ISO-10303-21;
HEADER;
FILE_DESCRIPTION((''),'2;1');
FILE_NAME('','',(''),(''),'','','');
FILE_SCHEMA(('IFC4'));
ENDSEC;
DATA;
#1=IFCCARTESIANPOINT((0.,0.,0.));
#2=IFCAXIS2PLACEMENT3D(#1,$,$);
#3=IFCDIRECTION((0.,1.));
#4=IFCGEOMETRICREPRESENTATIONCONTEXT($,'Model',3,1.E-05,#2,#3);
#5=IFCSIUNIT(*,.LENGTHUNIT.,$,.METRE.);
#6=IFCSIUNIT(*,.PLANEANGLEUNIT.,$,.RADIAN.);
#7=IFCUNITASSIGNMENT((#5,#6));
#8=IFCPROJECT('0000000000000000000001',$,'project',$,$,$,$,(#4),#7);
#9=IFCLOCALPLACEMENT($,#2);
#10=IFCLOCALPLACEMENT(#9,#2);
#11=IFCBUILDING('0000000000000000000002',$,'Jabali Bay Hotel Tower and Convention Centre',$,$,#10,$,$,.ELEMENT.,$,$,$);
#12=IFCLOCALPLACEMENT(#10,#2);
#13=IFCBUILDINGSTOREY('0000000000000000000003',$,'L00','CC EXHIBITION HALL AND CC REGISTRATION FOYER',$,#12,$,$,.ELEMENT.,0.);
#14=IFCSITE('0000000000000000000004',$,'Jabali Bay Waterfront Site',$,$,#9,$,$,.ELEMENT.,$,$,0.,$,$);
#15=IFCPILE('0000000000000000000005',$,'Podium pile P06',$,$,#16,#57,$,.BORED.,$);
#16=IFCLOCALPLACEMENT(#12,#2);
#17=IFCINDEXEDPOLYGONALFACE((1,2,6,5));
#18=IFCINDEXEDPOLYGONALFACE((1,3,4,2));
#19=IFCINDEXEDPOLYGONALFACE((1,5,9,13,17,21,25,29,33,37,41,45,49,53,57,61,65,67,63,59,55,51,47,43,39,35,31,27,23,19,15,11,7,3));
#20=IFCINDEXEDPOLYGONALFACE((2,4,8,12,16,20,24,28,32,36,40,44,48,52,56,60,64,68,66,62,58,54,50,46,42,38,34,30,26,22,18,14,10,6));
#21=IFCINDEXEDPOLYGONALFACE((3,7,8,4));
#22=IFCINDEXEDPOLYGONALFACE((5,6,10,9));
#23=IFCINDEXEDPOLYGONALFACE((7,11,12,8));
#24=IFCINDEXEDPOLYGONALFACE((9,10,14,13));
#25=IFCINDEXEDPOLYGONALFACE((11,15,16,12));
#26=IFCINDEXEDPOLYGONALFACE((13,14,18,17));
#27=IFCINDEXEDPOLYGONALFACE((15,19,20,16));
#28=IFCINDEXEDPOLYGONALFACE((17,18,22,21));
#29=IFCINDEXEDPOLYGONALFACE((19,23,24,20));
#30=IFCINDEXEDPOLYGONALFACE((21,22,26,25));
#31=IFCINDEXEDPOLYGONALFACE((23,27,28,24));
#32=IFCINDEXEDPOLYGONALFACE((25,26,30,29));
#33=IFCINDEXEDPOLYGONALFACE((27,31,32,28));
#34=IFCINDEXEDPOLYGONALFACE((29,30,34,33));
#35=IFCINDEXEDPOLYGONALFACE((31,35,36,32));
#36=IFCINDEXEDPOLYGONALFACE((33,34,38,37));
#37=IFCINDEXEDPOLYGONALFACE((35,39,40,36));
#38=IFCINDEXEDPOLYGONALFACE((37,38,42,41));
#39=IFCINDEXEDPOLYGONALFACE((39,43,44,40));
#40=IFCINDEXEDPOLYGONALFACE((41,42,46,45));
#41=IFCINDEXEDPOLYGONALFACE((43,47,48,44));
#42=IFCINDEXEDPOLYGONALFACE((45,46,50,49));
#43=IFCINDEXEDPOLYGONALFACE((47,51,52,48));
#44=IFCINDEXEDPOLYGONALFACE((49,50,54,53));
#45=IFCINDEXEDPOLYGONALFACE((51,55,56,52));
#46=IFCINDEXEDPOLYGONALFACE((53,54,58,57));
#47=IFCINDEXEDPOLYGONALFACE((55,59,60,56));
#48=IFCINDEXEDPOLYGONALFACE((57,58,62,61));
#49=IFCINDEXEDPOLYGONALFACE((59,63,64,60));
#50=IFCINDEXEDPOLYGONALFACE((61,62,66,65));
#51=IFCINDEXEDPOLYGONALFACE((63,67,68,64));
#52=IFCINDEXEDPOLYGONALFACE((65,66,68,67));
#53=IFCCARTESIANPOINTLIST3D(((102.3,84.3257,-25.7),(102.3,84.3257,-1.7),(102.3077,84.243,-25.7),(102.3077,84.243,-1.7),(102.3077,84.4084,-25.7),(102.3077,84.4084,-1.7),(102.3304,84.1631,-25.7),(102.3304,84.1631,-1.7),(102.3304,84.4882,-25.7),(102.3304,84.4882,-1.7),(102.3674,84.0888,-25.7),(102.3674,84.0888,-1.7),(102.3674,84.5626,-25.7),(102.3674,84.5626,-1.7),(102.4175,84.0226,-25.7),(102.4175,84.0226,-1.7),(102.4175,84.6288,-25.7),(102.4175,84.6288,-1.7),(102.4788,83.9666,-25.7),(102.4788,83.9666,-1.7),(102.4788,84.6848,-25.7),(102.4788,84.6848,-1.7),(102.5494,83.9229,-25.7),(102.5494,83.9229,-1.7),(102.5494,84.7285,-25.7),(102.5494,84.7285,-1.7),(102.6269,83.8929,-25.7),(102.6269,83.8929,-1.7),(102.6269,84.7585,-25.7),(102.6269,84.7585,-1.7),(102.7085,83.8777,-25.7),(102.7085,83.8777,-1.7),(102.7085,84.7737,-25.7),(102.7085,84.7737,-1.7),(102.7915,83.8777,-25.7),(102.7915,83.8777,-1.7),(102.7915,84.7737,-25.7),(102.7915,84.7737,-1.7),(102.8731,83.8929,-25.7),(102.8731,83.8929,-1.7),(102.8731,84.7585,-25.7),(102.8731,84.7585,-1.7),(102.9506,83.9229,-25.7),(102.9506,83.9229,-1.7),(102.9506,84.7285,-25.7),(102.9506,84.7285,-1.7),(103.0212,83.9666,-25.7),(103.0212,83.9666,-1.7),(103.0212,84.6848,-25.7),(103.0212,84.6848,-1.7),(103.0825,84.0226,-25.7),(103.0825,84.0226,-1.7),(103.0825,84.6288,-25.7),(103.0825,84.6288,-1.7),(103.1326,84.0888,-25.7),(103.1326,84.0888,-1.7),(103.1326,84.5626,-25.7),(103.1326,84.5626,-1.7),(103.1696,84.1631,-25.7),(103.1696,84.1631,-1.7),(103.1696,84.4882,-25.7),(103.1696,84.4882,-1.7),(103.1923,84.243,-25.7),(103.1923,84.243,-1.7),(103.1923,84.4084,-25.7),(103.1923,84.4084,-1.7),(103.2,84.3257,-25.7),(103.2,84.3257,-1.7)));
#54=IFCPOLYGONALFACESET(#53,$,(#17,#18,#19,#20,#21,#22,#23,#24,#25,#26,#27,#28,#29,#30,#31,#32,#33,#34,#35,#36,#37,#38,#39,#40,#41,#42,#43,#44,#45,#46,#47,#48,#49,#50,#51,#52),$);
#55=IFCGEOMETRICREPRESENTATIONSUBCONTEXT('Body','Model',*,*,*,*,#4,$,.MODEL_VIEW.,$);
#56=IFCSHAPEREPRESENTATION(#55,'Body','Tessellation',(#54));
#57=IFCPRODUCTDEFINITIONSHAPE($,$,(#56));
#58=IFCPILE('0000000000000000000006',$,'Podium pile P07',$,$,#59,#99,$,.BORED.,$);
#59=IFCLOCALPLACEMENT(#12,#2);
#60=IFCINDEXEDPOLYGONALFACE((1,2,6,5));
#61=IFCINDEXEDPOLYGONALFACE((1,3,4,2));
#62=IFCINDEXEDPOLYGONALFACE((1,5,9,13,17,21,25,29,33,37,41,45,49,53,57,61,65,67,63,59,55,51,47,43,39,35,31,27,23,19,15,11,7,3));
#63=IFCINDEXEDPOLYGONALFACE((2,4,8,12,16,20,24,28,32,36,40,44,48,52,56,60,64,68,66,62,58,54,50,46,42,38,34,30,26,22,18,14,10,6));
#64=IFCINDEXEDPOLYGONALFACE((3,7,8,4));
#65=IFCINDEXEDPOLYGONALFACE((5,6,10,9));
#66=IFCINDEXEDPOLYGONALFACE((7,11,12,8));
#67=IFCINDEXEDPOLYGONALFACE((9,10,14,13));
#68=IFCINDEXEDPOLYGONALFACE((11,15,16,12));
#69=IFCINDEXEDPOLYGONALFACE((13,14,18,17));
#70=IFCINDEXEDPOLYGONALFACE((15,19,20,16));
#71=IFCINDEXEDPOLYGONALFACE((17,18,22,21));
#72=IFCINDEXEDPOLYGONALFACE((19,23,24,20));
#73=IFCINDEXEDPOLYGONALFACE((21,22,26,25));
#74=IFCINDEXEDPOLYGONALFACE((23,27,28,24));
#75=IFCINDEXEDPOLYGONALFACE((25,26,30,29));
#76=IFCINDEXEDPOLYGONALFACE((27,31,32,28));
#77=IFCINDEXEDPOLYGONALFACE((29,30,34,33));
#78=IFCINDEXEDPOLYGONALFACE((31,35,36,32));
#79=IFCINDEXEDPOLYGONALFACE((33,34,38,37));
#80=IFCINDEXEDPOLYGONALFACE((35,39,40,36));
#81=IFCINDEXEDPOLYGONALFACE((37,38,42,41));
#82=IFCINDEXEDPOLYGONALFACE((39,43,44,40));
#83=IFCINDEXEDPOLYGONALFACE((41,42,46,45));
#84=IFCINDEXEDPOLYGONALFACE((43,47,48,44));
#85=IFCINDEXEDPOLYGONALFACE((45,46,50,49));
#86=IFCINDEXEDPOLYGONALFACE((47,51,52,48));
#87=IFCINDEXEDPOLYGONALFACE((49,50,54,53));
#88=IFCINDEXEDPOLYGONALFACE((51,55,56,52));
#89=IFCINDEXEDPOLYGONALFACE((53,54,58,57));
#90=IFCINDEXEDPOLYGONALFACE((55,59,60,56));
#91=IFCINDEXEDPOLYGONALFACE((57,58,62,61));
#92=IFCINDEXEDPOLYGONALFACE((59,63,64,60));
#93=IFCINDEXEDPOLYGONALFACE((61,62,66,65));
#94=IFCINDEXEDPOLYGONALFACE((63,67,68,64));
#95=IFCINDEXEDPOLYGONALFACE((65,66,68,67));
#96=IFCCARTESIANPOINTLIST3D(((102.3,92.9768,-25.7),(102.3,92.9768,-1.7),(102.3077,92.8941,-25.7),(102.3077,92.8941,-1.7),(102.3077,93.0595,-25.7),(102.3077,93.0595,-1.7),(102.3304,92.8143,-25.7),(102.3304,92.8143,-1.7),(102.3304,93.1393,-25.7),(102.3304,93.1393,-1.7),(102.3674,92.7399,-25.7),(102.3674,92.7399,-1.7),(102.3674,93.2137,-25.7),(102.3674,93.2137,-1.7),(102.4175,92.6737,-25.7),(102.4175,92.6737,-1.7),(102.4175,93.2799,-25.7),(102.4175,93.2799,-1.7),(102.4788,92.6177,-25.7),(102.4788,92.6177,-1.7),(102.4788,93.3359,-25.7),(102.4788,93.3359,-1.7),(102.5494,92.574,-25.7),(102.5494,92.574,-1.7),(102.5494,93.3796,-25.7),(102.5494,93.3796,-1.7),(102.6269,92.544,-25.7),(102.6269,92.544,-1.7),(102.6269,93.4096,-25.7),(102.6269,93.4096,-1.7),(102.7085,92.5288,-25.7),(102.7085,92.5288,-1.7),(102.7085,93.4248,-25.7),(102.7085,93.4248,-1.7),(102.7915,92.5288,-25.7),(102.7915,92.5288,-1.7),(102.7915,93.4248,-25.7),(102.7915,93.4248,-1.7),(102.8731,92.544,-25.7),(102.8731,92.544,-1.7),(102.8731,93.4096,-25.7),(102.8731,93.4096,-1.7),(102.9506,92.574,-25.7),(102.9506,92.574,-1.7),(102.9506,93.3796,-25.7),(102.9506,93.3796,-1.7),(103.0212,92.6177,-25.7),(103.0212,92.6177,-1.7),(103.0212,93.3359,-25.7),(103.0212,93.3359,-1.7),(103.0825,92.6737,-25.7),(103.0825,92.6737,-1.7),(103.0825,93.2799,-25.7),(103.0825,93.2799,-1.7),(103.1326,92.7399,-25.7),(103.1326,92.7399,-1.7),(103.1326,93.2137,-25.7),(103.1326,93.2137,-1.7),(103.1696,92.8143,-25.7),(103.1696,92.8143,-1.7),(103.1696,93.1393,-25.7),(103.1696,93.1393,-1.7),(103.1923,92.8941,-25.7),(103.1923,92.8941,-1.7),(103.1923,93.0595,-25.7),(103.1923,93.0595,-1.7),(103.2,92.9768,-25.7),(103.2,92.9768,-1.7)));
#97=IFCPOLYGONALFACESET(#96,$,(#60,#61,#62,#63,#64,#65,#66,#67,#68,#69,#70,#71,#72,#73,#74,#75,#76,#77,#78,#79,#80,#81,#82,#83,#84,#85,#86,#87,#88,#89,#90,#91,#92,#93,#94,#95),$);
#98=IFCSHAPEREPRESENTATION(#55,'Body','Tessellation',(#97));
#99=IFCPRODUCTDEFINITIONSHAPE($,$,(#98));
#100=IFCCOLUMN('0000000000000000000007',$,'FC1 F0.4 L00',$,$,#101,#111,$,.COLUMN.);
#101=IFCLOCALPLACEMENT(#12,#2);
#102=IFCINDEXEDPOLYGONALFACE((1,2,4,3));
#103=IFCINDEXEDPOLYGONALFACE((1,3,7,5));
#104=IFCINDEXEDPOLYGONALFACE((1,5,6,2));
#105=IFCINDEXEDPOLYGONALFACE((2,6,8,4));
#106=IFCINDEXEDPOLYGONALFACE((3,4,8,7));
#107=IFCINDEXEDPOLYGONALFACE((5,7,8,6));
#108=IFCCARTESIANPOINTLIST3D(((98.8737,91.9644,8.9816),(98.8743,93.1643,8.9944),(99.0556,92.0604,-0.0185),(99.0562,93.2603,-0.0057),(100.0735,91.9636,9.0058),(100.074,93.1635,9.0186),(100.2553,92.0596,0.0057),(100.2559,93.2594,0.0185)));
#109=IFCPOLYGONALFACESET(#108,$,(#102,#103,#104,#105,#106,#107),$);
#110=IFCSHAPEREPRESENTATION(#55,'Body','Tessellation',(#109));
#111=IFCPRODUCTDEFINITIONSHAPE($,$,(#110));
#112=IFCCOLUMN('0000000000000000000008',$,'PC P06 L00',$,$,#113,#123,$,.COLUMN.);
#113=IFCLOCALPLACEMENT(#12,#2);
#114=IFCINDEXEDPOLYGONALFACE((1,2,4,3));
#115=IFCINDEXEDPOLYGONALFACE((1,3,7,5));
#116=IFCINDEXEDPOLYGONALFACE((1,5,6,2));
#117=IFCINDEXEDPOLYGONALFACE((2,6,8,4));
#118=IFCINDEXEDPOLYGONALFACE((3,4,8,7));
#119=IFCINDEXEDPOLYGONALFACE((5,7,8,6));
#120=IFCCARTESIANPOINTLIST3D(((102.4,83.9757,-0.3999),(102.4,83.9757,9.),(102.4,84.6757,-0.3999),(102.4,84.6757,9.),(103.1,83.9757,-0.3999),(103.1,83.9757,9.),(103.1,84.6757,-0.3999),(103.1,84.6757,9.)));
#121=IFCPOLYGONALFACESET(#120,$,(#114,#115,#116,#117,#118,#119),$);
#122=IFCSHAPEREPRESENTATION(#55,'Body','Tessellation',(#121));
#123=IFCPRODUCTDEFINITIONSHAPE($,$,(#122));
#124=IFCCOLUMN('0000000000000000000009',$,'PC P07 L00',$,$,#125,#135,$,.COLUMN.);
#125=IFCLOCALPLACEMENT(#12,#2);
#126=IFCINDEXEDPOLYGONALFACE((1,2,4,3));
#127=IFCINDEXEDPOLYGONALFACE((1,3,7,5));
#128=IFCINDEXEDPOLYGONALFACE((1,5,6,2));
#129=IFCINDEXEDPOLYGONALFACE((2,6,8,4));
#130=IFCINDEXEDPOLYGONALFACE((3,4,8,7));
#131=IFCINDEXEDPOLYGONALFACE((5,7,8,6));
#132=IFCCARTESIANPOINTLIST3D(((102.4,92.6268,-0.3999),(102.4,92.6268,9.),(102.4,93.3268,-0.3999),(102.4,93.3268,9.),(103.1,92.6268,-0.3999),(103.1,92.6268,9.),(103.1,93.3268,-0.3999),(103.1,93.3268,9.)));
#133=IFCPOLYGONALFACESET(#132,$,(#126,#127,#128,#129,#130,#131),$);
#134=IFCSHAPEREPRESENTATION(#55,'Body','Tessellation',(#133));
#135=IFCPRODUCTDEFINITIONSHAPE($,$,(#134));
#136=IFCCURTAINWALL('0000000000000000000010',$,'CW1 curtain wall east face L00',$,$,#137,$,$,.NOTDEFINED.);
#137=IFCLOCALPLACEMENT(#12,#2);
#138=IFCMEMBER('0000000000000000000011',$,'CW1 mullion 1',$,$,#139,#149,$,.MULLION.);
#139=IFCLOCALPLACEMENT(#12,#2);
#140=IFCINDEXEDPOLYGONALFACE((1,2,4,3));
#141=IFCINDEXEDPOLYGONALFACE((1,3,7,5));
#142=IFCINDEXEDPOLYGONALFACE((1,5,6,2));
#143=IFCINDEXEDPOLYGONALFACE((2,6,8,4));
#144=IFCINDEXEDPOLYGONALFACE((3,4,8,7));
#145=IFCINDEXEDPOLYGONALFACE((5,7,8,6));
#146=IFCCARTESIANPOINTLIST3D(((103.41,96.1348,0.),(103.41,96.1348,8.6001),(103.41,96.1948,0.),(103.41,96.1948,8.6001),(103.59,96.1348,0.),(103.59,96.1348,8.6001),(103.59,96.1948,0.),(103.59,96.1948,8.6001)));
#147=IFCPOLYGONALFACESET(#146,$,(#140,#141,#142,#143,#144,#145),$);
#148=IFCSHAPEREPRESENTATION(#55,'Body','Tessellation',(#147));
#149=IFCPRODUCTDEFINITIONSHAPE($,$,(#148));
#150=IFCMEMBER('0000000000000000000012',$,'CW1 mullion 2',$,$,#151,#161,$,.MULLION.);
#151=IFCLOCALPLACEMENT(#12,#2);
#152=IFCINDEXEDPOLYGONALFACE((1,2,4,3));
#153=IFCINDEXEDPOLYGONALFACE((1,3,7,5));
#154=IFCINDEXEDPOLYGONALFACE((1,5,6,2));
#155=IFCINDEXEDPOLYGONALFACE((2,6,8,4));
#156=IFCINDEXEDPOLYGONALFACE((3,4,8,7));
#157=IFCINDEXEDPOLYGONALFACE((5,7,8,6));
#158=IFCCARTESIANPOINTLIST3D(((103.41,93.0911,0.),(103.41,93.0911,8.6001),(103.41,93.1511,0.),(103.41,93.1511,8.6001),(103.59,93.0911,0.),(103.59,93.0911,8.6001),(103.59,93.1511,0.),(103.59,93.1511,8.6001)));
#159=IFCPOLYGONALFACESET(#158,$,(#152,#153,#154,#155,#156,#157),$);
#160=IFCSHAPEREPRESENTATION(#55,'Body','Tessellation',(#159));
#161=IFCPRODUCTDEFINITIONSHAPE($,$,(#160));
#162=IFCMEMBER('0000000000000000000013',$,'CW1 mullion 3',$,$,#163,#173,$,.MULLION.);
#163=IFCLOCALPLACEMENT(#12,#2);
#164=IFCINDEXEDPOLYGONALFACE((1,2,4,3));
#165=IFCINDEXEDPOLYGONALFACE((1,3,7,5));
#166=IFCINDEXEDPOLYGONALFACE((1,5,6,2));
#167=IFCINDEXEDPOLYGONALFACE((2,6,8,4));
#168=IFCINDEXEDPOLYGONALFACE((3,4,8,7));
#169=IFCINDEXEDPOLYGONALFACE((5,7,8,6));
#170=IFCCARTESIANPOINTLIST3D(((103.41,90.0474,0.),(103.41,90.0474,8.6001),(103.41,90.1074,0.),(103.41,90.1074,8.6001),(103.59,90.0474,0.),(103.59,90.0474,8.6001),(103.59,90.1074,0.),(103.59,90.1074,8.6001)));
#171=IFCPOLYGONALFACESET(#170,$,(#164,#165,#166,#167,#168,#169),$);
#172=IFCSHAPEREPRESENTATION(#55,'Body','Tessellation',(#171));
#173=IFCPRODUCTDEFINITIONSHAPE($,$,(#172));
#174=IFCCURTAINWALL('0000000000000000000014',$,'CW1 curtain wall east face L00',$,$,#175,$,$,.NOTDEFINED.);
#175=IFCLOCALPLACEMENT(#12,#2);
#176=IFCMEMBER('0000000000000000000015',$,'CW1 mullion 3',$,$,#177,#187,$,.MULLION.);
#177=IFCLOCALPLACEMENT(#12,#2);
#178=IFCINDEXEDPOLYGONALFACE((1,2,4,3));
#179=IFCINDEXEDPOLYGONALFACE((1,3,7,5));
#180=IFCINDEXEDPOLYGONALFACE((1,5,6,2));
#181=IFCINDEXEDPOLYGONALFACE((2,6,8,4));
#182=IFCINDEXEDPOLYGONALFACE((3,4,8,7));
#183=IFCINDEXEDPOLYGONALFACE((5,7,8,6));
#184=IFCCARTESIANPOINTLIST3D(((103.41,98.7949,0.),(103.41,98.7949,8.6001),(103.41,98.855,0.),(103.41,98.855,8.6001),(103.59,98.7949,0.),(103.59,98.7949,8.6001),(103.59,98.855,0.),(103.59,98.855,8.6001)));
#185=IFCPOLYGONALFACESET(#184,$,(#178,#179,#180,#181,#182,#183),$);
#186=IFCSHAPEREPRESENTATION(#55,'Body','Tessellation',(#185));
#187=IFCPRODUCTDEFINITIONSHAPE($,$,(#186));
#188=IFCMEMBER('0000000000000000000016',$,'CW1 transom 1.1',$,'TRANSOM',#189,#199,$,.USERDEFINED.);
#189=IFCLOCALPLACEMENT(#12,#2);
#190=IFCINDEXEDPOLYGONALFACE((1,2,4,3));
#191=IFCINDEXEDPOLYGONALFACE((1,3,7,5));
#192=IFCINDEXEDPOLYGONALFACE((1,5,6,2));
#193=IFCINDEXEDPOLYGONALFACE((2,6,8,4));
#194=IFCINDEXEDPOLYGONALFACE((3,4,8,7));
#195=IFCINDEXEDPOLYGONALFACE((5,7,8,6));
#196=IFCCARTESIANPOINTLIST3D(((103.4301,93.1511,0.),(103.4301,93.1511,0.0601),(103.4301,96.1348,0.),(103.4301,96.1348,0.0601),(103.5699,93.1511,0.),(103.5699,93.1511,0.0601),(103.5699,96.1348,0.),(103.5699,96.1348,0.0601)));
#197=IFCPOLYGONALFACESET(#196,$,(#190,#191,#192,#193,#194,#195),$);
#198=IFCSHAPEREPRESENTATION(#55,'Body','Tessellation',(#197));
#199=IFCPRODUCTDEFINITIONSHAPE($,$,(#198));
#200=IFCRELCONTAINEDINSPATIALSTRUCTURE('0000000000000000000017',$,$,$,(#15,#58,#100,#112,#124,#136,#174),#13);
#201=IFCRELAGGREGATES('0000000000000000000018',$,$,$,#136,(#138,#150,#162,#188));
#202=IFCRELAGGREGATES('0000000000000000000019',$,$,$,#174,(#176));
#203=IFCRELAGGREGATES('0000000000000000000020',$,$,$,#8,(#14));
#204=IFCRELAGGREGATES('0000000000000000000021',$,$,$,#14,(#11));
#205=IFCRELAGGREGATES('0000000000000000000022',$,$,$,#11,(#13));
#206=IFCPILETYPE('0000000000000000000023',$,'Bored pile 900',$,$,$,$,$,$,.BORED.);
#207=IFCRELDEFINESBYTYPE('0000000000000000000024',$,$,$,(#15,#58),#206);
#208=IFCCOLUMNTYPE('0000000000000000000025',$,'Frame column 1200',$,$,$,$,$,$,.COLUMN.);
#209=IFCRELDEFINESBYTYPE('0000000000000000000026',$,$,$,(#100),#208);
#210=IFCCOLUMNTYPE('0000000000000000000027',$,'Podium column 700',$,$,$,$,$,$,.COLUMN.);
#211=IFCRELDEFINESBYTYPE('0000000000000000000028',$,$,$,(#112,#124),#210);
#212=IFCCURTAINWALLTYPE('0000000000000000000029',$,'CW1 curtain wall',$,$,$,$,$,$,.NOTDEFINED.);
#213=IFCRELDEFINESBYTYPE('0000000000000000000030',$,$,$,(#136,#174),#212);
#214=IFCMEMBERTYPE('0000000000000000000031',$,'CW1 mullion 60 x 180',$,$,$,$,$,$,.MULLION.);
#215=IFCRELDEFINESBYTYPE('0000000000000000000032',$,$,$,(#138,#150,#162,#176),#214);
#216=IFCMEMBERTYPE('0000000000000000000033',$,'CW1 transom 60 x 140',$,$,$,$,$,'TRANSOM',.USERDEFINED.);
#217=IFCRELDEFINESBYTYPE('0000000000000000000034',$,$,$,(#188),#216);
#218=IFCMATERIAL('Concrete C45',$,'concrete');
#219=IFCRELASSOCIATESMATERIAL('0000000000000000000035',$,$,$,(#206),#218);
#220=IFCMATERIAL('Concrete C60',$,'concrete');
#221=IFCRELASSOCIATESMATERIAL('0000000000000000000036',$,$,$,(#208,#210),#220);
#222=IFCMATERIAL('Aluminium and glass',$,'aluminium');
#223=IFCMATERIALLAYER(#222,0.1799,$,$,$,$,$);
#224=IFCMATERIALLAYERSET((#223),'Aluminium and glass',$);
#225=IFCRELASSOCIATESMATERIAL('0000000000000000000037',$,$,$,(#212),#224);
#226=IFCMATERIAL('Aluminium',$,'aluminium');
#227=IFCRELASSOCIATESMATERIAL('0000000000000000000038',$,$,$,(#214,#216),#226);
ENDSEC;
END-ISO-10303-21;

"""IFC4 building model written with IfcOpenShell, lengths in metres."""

from ifc_helpers import new_model, si_unit, direction, frame, origin, origin_2d, place, context, subcontext, project, spatial, rectangle, circle, extrude, material, layer, layer_set, material_profile, profile_set, type_object, element, aggregate, save


model = new_model("IFC4")

# Units and contexts
model_context = context("Model", 3, precision=1e-05, world=origin(), true_north=direction((0.0, 1.0)))
body_context = subcontext(model_context, "Body", "Model", "MODEL_VIEW")
ifc_project = project(units=[si_unit("LENGTHUNIT", "METRE"), si_unit("PLANEANGLEUNIT", "RADIAN")], contexts=[model_context])

# Site, building, storey
site_placement = place(None, origin())
site = spatial("IfcSite", under=ifc_project, at=site_placement, Name="Jabali Bay Waterfront Site", CompositionType="ELEMENT", RefElevation=0.0)
building_placement = place(site_placement, origin())
building = spatial("IfcBuilding", under=site, at=building_placement, Name="Jabali Bay Hotel Tower and Convention Centre", CompositionType="ELEMENT")
storey_placement = place(building_placement, origin())
storey = spatial("IfcBuildingStorey", under=building, at=storey_placement, Name="L00", Description="CC EXHIBITION HALL AND CC REGISTRATION FOYER", CompositionType="ELEMENT", Elevation=0.0)

# Piles
ifc_material_1 = material(Name="Concrete C45", Category="concrete")
ifc_material_profile_1 = material_profile(ifc_material_1, circle(Radius=0.45, at=origin_2d()), Name="Bored pile 900")
ifc_profile_set_1 = profile_set([ifc_material_profile_1], Name="Concrete C45")
pile_type = type_object("IfcPileType", Name="Bored pile 900", PredefinedType="BORED", material=ifc_profile_set_1)
for number, where, z_axis, x_axis, name in (
    (1, (102.75, 84.3257, -1.7), (0.0, 0.0, -1.0), (1.0, 0.0, 0.0), "Podium pile P06"),
    (2, (102.75, 92.9768, -1.7), (0.0, 0.0, -1.0), (1.0, 0.0, 0.0), "Podium pile P07"),
):
    element("IfcPile", number, at=place(storey_placement, frame(where, z_axis=z_axis, x_axis=x_axis)), inside=storey, type_object=pile_type, Name=name, PredefinedType="BORED", context=body_context, shape_type="SweptSolid", body=[
        extrude(circle(Radius=0.45, at=origin_2d()), origin(), (0.0, 0.0, 1.0), 24.0),
    ])

# Columns
ifc_material_2 = material(Name="Concrete C60", Category="concrete")
ifc_material_profile_2 = material_profile(ifc_material_2, rectangle(XDim=1.2, YDim=1.2, at=origin_2d()), Name="Frame column 1200")
ifc_profile_set_2 = profile_set([ifc_material_profile_2], Name="Concrete C60")
column_type_1 = type_object("IfcColumnType", Name="Frame column 1200", PredefinedType="COLUMN", material=ifc_profile_set_2)
column_placement = place(storey_placement, frame((99.6558, 92.6599, 0.0), z_axis=(-0.020204, -0.010658, 0.999739), x_axis=(0.999796, -0.000677, 0.020198)))
element("IfcColumn", 3, at=column_placement, inside=storey, type_object=column_type_1, Name="FC1 F0.4 L00", PredefinedType="COLUMN", context=body_context, shape_type="SweptSolid", body=[
    extrude(rectangle(XDim=1.2, YDim=1.2, at=origin_2d()), origin(), (0.0, 0.0, 1.0), 9.0024),
])
ifc_material_profile_3 = material_profile(ifc_material_2, rectangle(XDim=0.7, YDim=0.7, at=origin_2d()), Name="Podium column 700")
ifc_profile_set_3 = profile_set([ifc_material_profile_3], Name="Concrete C60")
column_type_2 = type_object("IfcColumnType", Name="Podium column 700", PredefinedType="COLUMN", material=ifc_profile_set_3)
for number, where, z_axis, x_axis, name in (
    (4, (102.75, 84.3257, -0.3999), (0.0, 0.0, 1.0), (1.0, 0.0, 0.0), "PC P06 L00"),
    (5, (102.75, 92.9768, -0.3999), (0.0, 0.0, 1.0), (1.0, 0.0, 0.0), "PC P07 L00"),
):
    element("IfcColumn", number, at=place(storey_placement, frame(where, z_axis=z_axis, x_axis=x_axis)), inside=storey, type_object=column_type_2, Name=name, PredefinedType="COLUMN", context=body_context, shape_type="SweptSolid", body=[
        extrude(rectangle(XDim=0.7, YDim=0.7, at=origin_2d()), origin(), (0.0, 0.0, 1.0), 9.3999),
    ])

# Curtain wall, members
ifc_material_3 = material(Name="Aluminium and glass", Category="aluminium")
ifc_layer_1 = layer(ifc_material_3, 0.1799)
ifc_layer_set_1 = layer_set([ifc_layer_1], Name="Aluminium and glass")
curtain_wall_type = type_object("IfcCurtainWallType", Name="CW1 curtain wall", PredefinedType="NOTDEFINED", material=ifc_layer_set_1)
curtain_wall_1_placement = place(storey_placement, origin())
curtain_wall_1 = element("IfcCurtainWall", 6, at=curtain_wall_1_placement, inside=storey, type_object=curtain_wall_type, Name="CW1 curtain wall east face L00", PredefinedType="NOTDEFINED")
ifc_material_4 = material(Name="Aluminium", Category="aluminium")
ifc_material_profile_4 = material_profile(ifc_material_4, rectangle(XDim=0.1799, YDim=0.0601, at=origin_2d()), Name="CW1 mullion 60 x 180")
ifc_profile_set_4 = profile_set([ifc_material_profile_4], Name="Aluminium")
member_type_1 = type_object("IfcMemberType", Name="CW1 mullion 60 x 180", PredefinedType="MULLION", material=ifc_profile_set_4)
member_1_placement = place(storey_placement, frame((103.5, 96.1648, 0.0), z_axis=(0.0, 0.0, 1.0), x_axis=(1.0, 0.0, 0.0)))
member_1 = element("IfcMember", 7, at=member_1_placement, type_object=member_type_1, Name="CW1 mullion 1", PredefinedType="MULLION", context=body_context, shape_type="SweptSolid", body=[
    extrude(rectangle(XDim=0.1799, YDim=0.0601, at=origin_2d()), origin(), (0.0, 0.0, 1.0), 8.6001),
])
member_2_placement = place(storey_placement, frame((103.5, 93.1211, 0.0), z_axis=(0.0, 0.0, 1.0), x_axis=(1.0, 0.0, 0.0)))
member_2 = element("IfcMember", 8, at=member_2_placement, type_object=member_type_1, Name="CW1 mullion 2", PredefinedType="MULLION", context=body_context, shape_type="SweptSolid", body=[
    extrude(rectangle(XDim=0.1799, YDim=0.0601, at=origin_2d()), origin(), (0.0, 0.0, 1.0), 8.6001),
])
member_3_placement = place(storey_placement, frame((103.5, 90.0774, 0.0), z_axis=(0.0, 0.0, 1.0), x_axis=(1.0, 0.0, 0.0)))
member_3 = element("IfcMember", 9, at=member_3_placement, type_object=member_type_1, Name="CW1 mullion 3", PredefinedType="MULLION", context=body_context, shape_type="SweptSolid", body=[
    extrude(rectangle(XDim=0.1799, YDim=0.0601, at=origin_2d()), origin(), (0.0, 0.0, 1.0), 8.6001),
])

# Curtain wall, member
curtain_wall_2_placement = place(storey_placement, origin())
curtain_wall_2 = element("IfcCurtainWall", 10, at=curtain_wall_2_placement, inside=storey, type_object=curtain_wall_type, Name="CW1 curtain wall east face L00", PredefinedType="NOTDEFINED")
member_4_placement = place(storey_placement, frame((103.5, 98.825, 0.0), z_axis=(0.0, 0.0, 1.0), x_axis=(1.0, 0.0, 0.0)))
member_4 = element("IfcMember", 11, at=member_4_placement, type_object=member_type_1, Name="CW1 mullion 3", PredefinedType="MULLION", context=body_context, shape_type="SweptSolid", body=[
    extrude(rectangle(XDim=0.1799, YDim=0.0601, at=origin_2d()), origin(), (0.0, 0.0, 1.0), 8.6001),
])

# Member
ifc_material_profile_5 = material_profile(ifc_material_4, rectangle(XDim=0.1399, YDim=0.0601, at=origin_2d()), Name="CW1 transom 60 x 140")
ifc_profile_set_5 = profile_set([ifc_material_profile_5], Name="Aluminium")
member_type_2 = type_object("IfcMemberType", Name="CW1 transom 60 x 140", ElementType="TRANSOM", PredefinedType="USERDEFINED", material=ifc_profile_set_5)
member_5_placement = place(storey_placement, frame((103.5, 96.1348, 0.03), z_axis=(0.0, -1.0, 0.0), x_axis=(1.0, 0.0, 0.0)))
member_5 = element("IfcMember", 12, at=member_5_placement, type_object=member_type_2, Name="CW1 transom 1.1", ObjectType="TRANSOM", PredefinedType="USERDEFINED", context=body_context, shape_type="SweptSolid", body=[
    extrude(rectangle(XDim=0.1399, YDim=0.0601, at=origin_2d()), origin(), (0.0, 0.0, 1.0), 2.9836),
])

aggregate(curtain_wall_1, [member_1, member_2, member_3, member_5])
aggregate(curtain_wall_2, [member_4])

save(model, "model.ifc")
